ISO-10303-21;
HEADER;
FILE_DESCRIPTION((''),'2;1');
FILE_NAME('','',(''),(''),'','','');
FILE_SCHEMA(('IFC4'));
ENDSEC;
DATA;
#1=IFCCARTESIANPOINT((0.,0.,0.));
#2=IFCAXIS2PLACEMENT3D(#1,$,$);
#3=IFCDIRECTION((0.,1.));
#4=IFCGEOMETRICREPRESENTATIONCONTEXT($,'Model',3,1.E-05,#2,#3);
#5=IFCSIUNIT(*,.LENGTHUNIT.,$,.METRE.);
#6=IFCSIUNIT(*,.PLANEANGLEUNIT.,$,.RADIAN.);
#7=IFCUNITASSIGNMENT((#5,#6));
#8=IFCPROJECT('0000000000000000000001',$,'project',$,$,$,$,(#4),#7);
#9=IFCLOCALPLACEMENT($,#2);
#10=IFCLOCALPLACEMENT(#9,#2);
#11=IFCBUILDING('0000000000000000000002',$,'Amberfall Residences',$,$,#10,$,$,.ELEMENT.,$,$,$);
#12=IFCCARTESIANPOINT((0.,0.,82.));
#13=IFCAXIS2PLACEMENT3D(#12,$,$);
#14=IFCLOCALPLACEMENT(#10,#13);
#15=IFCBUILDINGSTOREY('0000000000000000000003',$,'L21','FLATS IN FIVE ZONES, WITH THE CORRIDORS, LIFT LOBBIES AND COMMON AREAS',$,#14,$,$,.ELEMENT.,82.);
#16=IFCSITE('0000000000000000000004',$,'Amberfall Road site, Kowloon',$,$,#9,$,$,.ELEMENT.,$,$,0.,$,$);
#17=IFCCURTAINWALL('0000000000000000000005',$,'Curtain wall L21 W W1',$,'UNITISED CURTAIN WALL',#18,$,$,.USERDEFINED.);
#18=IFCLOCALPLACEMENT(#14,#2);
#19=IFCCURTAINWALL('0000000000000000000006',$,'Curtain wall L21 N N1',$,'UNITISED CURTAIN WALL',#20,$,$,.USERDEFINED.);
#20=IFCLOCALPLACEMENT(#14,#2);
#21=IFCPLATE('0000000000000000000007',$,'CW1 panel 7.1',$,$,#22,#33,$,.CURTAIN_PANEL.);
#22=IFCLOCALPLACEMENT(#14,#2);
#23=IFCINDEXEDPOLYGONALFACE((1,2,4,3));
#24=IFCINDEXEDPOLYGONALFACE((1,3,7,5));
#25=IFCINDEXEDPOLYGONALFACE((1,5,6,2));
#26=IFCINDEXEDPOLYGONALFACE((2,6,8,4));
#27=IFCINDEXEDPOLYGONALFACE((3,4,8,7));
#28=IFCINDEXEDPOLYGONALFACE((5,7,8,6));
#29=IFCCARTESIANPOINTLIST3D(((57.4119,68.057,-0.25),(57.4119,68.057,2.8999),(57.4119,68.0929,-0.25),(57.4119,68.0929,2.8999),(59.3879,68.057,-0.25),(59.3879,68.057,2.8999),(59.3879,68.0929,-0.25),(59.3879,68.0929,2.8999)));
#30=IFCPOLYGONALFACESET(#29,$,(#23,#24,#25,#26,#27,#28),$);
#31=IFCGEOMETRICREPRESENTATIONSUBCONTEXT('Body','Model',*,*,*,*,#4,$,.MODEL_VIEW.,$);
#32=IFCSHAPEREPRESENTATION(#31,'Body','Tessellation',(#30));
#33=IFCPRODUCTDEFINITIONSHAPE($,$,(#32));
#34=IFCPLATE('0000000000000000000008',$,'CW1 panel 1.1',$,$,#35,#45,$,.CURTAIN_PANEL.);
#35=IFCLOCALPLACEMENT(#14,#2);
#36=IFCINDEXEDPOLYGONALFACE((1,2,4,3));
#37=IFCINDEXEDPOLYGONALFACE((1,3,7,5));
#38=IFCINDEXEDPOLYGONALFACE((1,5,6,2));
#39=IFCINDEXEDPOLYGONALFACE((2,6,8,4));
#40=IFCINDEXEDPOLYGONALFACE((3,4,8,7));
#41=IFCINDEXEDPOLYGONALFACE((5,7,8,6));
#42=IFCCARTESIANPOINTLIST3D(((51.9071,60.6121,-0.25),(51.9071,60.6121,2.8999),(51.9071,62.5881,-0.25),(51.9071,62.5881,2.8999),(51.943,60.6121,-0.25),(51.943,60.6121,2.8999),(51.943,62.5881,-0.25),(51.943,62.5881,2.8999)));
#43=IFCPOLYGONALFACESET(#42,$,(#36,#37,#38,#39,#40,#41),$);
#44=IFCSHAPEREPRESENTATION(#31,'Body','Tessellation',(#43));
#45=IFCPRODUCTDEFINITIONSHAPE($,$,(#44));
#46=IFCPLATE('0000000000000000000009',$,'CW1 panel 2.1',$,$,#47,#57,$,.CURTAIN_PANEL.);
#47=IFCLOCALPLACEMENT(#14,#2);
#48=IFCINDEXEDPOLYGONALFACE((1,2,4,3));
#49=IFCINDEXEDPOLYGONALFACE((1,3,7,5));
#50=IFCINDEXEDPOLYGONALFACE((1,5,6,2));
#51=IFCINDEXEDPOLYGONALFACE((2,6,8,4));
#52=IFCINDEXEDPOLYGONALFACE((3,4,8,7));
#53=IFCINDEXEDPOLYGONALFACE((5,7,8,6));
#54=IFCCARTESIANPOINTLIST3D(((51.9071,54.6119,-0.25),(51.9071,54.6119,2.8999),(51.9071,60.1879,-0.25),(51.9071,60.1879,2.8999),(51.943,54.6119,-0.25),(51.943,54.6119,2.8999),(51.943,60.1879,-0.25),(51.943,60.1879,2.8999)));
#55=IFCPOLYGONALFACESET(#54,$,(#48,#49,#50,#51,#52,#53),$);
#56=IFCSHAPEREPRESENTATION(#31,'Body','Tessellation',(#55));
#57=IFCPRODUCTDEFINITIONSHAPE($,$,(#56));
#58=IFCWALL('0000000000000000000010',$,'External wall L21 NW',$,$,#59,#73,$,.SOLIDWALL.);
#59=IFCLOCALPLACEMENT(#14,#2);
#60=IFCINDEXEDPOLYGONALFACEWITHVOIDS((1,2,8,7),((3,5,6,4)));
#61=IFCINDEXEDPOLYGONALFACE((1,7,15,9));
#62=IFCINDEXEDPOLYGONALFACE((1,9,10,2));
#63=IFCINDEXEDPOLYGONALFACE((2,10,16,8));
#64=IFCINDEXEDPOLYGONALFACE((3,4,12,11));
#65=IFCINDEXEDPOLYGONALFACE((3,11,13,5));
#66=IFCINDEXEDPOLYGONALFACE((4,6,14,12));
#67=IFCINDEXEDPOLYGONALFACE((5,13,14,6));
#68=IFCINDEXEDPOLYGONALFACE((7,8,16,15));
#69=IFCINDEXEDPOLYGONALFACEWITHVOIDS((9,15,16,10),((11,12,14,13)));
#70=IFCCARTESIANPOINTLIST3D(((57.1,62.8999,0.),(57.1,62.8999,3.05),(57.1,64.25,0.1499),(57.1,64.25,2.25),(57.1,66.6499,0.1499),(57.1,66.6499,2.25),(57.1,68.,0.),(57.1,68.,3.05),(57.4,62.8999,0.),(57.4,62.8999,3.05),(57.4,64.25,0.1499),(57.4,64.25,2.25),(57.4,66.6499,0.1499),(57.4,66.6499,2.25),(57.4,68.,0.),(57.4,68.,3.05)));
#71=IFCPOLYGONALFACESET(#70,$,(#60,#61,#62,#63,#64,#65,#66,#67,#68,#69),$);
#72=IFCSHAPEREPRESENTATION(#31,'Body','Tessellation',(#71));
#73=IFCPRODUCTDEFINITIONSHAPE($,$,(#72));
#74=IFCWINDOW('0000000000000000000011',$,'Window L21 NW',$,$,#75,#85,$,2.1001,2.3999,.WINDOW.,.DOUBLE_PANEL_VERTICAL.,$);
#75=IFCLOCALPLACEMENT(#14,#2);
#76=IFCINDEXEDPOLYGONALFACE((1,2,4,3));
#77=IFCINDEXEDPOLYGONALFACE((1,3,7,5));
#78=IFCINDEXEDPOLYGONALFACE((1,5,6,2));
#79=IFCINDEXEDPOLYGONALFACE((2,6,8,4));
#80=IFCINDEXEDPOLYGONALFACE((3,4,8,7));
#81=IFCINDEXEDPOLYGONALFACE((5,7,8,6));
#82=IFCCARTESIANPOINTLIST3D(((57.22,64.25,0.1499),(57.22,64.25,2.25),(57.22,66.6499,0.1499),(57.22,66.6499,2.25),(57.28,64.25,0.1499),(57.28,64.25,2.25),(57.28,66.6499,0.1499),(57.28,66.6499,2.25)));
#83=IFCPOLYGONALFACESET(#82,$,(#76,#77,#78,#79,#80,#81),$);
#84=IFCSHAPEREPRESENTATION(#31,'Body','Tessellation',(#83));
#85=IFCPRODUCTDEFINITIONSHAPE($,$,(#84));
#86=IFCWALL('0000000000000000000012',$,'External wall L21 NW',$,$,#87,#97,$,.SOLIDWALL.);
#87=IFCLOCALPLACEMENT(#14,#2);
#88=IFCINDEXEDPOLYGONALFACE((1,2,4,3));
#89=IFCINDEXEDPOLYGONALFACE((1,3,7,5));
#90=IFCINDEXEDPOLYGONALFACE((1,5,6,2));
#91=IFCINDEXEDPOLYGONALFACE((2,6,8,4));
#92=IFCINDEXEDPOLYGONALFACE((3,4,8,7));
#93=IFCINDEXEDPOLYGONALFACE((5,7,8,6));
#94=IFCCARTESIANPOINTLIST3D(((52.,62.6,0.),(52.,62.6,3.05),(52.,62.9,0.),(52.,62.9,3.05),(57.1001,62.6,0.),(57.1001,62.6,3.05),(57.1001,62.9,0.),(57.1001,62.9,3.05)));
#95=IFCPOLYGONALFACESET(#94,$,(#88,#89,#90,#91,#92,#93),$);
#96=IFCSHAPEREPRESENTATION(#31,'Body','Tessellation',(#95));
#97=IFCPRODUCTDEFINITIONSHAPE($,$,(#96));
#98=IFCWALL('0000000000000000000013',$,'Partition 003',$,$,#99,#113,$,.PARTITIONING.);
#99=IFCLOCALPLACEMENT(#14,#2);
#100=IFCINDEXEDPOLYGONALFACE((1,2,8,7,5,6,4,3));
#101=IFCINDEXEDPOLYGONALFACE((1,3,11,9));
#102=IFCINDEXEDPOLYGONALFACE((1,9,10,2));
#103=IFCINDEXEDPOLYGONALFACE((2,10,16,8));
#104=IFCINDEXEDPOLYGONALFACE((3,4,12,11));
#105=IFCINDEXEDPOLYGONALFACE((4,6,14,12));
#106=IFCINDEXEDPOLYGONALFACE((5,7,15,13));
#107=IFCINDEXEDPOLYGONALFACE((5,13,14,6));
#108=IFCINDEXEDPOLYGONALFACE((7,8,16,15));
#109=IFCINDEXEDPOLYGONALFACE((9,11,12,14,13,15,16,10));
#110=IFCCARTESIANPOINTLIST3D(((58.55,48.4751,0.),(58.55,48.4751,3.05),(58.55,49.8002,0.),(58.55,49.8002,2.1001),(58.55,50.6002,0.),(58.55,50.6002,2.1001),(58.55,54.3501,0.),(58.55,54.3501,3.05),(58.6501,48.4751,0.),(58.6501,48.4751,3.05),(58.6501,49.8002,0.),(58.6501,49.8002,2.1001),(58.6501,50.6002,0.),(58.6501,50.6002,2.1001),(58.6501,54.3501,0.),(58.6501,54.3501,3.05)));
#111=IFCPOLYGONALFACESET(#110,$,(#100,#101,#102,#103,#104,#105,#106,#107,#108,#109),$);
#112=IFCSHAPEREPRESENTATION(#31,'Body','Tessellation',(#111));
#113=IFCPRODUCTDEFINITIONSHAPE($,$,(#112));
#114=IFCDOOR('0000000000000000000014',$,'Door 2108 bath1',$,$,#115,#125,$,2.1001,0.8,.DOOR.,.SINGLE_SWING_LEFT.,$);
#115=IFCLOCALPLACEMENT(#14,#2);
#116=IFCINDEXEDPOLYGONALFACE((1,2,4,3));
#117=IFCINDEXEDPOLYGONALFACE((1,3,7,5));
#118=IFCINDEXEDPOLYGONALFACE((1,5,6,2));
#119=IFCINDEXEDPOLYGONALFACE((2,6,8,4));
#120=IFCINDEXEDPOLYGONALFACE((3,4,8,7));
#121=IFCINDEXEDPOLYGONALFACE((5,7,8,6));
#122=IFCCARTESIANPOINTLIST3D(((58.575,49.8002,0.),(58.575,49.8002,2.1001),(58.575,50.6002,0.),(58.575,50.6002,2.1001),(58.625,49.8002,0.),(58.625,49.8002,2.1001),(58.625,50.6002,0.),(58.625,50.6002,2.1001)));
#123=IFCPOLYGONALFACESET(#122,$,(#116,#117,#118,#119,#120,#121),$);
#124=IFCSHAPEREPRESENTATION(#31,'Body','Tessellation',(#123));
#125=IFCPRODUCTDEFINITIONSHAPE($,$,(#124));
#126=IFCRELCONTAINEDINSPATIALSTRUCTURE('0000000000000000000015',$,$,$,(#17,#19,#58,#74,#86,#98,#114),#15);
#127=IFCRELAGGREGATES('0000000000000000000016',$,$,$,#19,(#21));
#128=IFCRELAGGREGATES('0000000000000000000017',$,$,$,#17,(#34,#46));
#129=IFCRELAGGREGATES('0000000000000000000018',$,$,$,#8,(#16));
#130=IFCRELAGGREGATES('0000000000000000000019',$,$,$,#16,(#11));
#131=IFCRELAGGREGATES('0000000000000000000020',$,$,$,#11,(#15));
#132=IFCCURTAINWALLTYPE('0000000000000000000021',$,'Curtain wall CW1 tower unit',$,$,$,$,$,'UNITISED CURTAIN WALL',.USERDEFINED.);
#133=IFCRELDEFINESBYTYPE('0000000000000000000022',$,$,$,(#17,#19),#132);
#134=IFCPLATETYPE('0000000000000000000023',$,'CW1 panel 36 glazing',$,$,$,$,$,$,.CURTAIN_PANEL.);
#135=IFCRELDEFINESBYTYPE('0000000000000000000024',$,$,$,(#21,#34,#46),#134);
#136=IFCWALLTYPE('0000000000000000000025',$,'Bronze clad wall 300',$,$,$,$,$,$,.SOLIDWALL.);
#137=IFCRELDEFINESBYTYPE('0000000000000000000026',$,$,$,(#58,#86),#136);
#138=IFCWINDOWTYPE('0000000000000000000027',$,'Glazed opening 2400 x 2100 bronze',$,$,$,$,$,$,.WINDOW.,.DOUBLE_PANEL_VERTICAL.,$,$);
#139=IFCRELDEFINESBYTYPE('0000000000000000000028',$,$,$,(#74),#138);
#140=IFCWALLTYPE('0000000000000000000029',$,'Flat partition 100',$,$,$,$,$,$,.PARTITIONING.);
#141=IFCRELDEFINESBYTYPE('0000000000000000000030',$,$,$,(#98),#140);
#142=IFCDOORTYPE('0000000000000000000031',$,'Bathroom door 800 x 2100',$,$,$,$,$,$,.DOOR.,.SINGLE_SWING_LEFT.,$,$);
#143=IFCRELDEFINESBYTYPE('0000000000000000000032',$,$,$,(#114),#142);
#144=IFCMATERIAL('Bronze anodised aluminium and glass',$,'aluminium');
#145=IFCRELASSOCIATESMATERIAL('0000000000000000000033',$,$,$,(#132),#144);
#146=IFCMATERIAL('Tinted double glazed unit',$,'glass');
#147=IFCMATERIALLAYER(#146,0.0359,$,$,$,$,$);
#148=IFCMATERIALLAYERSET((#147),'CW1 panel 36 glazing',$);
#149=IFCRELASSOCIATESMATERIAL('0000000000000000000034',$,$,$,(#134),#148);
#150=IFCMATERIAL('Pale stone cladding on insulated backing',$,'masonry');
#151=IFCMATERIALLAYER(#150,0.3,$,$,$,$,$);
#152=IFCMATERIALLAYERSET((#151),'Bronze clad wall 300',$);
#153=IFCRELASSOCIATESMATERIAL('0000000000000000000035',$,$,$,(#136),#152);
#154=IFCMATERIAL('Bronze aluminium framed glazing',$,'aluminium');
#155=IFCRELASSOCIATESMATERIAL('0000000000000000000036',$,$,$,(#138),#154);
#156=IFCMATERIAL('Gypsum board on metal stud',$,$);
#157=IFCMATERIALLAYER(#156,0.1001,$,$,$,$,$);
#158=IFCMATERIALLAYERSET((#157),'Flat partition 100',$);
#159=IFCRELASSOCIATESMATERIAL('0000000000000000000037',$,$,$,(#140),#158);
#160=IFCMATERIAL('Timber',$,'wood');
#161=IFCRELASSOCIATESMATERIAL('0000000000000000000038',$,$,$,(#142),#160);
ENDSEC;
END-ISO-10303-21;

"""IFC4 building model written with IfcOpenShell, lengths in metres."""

from ifc_helpers import new_model, si_unit, direction, frame, frame_2d, origin, origin_2d, place, context, subcontext, project, spatial, rectangle, extrude, material, layer, layer_set, type_object, element, fill, aggregate, save


model = new_model("IFC4")

# Units and contexts
model_context = context("Model", 3, precision=1e-05, world=origin(), true_north=direction((0.0, 1.0)))
body_context = subcontext(model_context, "Body", "Model", "MODEL_VIEW")
ifc_project = project(units=[si_unit("LENGTHUNIT", "METRE"), si_unit("PLANEANGLEUNIT", "RADIAN")], contexts=[model_context])

# Site, building, storey
site_placement = place(None, origin())
site = spatial("IfcSite", under=ifc_project, at=site_placement, Name="Amberfall Road site, Kowloon", CompositionType="ELEMENT", RefElevation=0.0)
building_placement = place(site_placement, origin())
building = spatial("IfcBuilding", under=site, at=building_placement, Name="Amberfall Residences", CompositionType="ELEMENT")
storey_placement = place(building_placement, frame((0.0, 0.0, 82.0)))
storey = spatial("IfcBuildingStorey", under=building, at=storey_placement, Name="L21", Description="FLATS IN FIVE ZONES, WITH THE CORRIDORS, LIFT LOBBIES AND COMMON AREAS", CompositionType="ELEMENT", Elevation=82.0)

# Curtain wall
ifc_material_1 = material(Name="Bronze anodised aluminium and glass", Category="aluminium")
curtain_wall_type = type_object("IfcCurtainWallType", Name="Curtain wall CW1 tower unit", ElementType="UNITISED CURTAIN WALL", PredefinedType="USERDEFINED", material=ifc_material_1)
curtain_wall_1_placement = place(storey_placement, origin())
curtain_wall_1 = element("IfcCurtainWall", 1, at=curtain_wall_1_placement, inside=storey, type_object=curtain_wall_type, Name="Curtain wall L21 W W1", ObjectType="UNITISED CURTAIN WALL", PredefinedType="USERDEFINED")

# Curtain wall
curtain_wall_2_placement = place(storey_placement, origin())
curtain_wall_2 = element("IfcCurtainWall", 2, at=curtain_wall_2_placement, inside=storey, type_object=curtain_wall_type, Name="Curtain wall L21 N N1", ObjectType="UNITISED CURTAIN WALL", PredefinedType="USERDEFINED")

# Plates
ifc_material_2 = material(Name="Tinted double glazed unit", Category="glass")
ifc_layer_1 = layer(ifc_material_2, 0.0359)
ifc_layer_set_1 = layer_set([ifc_layer_1], Name="CW1 panel 36 glazing")
plate_type = type_object("IfcPlateType", Name="CW1 panel 36 glazing", PredefinedType="CURTAIN_PANEL", material=ifc_layer_set_1)
plate_1_placement = place(storey_placement, frame((58.3999, 68.075, -0.25), z_axis=(0.0, 0.0, 1.0), x_axis=(-1.0, 0.0, 0.0)))
plate_1 = element("IfcPlate", 3, at=plate_1_placement, type_object=plate_type, Name="CW1 panel 7.1", PredefinedType="CURTAIN_PANEL", context=body_context, shape_type="SweptSolid", body=[
    extrude(rectangle(XDim=1.9761, YDim=0.0359, at=origin_2d()), origin(), (0.0, 0.0, 1.0), 3.1499),
])
aggregate(curtain_wall_2, [plate_1])
plate_2_placement = place(storey_placement, frame((51.925, 61.6001, -0.25), z_axis=(0.0, 0.0, 1.0), x_axis=(0.0, -1.0, 0.0)))
plate_2 = element("IfcPlate", 4, at=plate_2_placement, type_object=plate_type, Name="CW1 panel 1.1", PredefinedType="CURTAIN_PANEL", context=body_context, shape_type="SweptSolid", body=[
    extrude(rectangle(XDim=1.9761, YDim=0.0359, at=origin_2d()), origin(), (0.0, 0.0, 1.0), 3.1499),
])
plate_3_placement = place(storey_placement, frame((51.925, 57.3999, -0.25), z_axis=(0.0, 0.0, 1.0), x_axis=(0.0, -1.0, 0.0)))
plate_3 = element("IfcPlate", 5, at=plate_3_placement, type_object=plate_type, Name="CW1 panel 2.1", PredefinedType="CURTAIN_PANEL", context=body_context, shape_type="SweptSolid", body=[
    extrude(rectangle(XDim=5.5759, YDim=0.0359, at=origin_2d()), origin(), (0.0, 0.0, 1.0), 3.1499),
])
aggregate(curtain_wall_1, [plate_2, plate_3])

# Wall, opening, window
ifc_material_3 = material(Name="Pale stone cladding on insulated backing", Category="masonry")
ifc_layer_2 = layer(ifc_material_3, 0.3)
ifc_layer_set_2 = layer_set([ifc_layer_2], Name="Bronze clad wall 300")
wall_type_1 = type_object("IfcWallType", Name="Bronze clad wall 300", PredefinedType="SOLIDWALL", material=ifc_layer_set_2)
wall_1_placement = place(storey_placement, frame((57.25, 68.0, 0.0), z_axis=(0.0, 0.0, 1.0), x_axis=(0.0, -1.0, 0.0)))
wall_1 = element("IfcWall", 6, at=wall_1_placement, inside=storey, type_object=wall_type_1, Name="External wall L21 NW", PredefinedType="SOLIDWALL", context=body_context, shape_type="SweptSolid", body=[
    extrude(rectangle(XDim=5.1001, YDim=0.3, at=frame_2d((2.55, 0.0))), origin(), (0.0, 0.0, 1.0), 3.05),
])
opening_1_placement = place(wall_1_placement, frame((1.3501, 0.0, 0.1499)))
opening_1 = element("IfcOpeningElement", 7, at=opening_1_placement, cuts=wall_1, PredefinedType="OPENING", context=body_context, shape_type="SweptSolid", body=[
    extrude(rectangle(XDim=2.3999, YDim=2.1001, at=frame_2d((1.2, 1.05))), frame((0.0, 0.1599, 0.0), z_axis=(0.0, -1.0, 0.0), x_axis=(1.0, 0.0, 0.0)), (0.0, 0.0, 1.0), 0.3201),
])
ifc_material_4 = material(Name="Bronze aluminium framed glazing", Category="aluminium")
window_type = type_object("IfcWindowType", Name="Glazed opening 2400 x 2100 bronze", PartitioningType="DOUBLE_PANEL_VERTICAL", PredefinedType="WINDOW", material=ifc_material_4)
window_placement = place(opening_1_placement, origin())
window = element("IfcWindow", 8, at=window_placement, inside=storey, type_object=window_type, Name="Window L21 NW", OverallHeight=2.1001, OverallWidth=2.3999, PartitioningType="DOUBLE_PANEL_VERTICAL", PredefinedType="WINDOW", context=body_context, shape_type="SweptSolid", body=[
    extrude(rectangle(XDim=2.3999, YDim=2.1001, at=frame_2d((1.2, 1.05))), frame((0.0, 0.03, 0.0), z_axis=(0.0, -1.0, 0.0), x_axis=(1.0, 0.0, 0.0)), (0.0, 0.0, 1.0), 0.0601),
])
fill(opening_1, window)

# Wall
wall_2_placement = place(storey_placement, frame((57.1001, 62.75, 0.0), z_axis=(0.0, 0.0, 1.0), x_axis=(-1.0, 0.0, 0.0)))
element("IfcWall", 9, at=wall_2_placement, inside=storey, type_object=wall_type_1, Name="External wall L21 NW", PredefinedType="SOLIDWALL", context=body_context, shape_type="SweptSolid", body=[
    extrude(rectangle(XDim=5.1001, YDim=0.3, at=frame_2d((2.55, 0.0))), origin(), (0.0, 0.0, 1.0), 3.05),
])

# Wall, opening, door
ifc_material_5 = material(Name="Gypsum board on metal stud")
ifc_layer_3 = layer(ifc_material_5, 0.1001)
ifc_layer_set_3 = layer_set([ifc_layer_3], Name="Flat partition 100")
wall_type_2 = type_object("IfcWallType", Name="Flat partition 100", PredefinedType="PARTITIONING", material=ifc_layer_set_3)
wall_3_placement = place(storey_placement, frame((58.6001, 54.3501, 0.0), z_axis=(0.0, 0.0, 1.0), x_axis=(0.0, -1.0, 0.0)))
wall_3 = element("IfcWall", 10, at=wall_3_placement, inside=storey, type_object=wall_type_2, Name="Partition 003", PredefinedType="PARTITIONING", context=body_context, shape_type="SweptSolid", body=[
    extrude(rectangle(XDim=5.875, YDim=0.1001, at=frame_2d((2.9375, 0.0))), origin(), (0.0, 0.0, 1.0), 3.05),
])
opening_2_placement = place(wall_3_placement, frame((3.75, 0.0, 0.0)))
opening_2 = element("IfcOpeningElement", 11, at=opening_2_placement, cuts=wall_3, PredefinedType="OPENING", context=body_context, shape_type="SweptSolid", body=[
    extrude(rectangle(XDim=0.8, YDim=2.1001, at=frame_2d((0.3999, 1.05))), frame((0.0, 0.0601, 0.0), z_axis=(0.0, -1.0, 0.0), x_axis=(1.0, 0.0, 0.0)), (0.0, 0.0, 1.0), 0.1201),
])
ifc_material_6 = material(Name="Timber", Category="wood")
door_type = type_object("IfcDoorType", Name="Bathroom door 800 x 2100", OperationType="SINGLE_SWING_LEFT", PredefinedType="DOOR", material=ifc_material_6)
door_placement = place(opening_2_placement, origin())
door = element("IfcDoor", 12, at=door_placement, inside=storey, type_object=door_type, Name="Door 2108 bath1", OperationType="SINGLE_SWING_LEFT", OverallHeight=2.1001, OverallWidth=0.8, PredefinedType="DOOR", context=body_context, shape_type="SweptSolid", body=[
    extrude(rectangle(XDim=0.8, YDim=2.1001, at=frame_2d((0.3999, 1.05))), frame((0.0, 0.0249, 0.0), z_axis=(0.0, -1.0, 0.0), x_axis=(1.0, 0.0, 0.0)), (0.0, 0.0, 1.0), 0.05),
])
fill(opening_2, door)

save(model, "model.ifc")
